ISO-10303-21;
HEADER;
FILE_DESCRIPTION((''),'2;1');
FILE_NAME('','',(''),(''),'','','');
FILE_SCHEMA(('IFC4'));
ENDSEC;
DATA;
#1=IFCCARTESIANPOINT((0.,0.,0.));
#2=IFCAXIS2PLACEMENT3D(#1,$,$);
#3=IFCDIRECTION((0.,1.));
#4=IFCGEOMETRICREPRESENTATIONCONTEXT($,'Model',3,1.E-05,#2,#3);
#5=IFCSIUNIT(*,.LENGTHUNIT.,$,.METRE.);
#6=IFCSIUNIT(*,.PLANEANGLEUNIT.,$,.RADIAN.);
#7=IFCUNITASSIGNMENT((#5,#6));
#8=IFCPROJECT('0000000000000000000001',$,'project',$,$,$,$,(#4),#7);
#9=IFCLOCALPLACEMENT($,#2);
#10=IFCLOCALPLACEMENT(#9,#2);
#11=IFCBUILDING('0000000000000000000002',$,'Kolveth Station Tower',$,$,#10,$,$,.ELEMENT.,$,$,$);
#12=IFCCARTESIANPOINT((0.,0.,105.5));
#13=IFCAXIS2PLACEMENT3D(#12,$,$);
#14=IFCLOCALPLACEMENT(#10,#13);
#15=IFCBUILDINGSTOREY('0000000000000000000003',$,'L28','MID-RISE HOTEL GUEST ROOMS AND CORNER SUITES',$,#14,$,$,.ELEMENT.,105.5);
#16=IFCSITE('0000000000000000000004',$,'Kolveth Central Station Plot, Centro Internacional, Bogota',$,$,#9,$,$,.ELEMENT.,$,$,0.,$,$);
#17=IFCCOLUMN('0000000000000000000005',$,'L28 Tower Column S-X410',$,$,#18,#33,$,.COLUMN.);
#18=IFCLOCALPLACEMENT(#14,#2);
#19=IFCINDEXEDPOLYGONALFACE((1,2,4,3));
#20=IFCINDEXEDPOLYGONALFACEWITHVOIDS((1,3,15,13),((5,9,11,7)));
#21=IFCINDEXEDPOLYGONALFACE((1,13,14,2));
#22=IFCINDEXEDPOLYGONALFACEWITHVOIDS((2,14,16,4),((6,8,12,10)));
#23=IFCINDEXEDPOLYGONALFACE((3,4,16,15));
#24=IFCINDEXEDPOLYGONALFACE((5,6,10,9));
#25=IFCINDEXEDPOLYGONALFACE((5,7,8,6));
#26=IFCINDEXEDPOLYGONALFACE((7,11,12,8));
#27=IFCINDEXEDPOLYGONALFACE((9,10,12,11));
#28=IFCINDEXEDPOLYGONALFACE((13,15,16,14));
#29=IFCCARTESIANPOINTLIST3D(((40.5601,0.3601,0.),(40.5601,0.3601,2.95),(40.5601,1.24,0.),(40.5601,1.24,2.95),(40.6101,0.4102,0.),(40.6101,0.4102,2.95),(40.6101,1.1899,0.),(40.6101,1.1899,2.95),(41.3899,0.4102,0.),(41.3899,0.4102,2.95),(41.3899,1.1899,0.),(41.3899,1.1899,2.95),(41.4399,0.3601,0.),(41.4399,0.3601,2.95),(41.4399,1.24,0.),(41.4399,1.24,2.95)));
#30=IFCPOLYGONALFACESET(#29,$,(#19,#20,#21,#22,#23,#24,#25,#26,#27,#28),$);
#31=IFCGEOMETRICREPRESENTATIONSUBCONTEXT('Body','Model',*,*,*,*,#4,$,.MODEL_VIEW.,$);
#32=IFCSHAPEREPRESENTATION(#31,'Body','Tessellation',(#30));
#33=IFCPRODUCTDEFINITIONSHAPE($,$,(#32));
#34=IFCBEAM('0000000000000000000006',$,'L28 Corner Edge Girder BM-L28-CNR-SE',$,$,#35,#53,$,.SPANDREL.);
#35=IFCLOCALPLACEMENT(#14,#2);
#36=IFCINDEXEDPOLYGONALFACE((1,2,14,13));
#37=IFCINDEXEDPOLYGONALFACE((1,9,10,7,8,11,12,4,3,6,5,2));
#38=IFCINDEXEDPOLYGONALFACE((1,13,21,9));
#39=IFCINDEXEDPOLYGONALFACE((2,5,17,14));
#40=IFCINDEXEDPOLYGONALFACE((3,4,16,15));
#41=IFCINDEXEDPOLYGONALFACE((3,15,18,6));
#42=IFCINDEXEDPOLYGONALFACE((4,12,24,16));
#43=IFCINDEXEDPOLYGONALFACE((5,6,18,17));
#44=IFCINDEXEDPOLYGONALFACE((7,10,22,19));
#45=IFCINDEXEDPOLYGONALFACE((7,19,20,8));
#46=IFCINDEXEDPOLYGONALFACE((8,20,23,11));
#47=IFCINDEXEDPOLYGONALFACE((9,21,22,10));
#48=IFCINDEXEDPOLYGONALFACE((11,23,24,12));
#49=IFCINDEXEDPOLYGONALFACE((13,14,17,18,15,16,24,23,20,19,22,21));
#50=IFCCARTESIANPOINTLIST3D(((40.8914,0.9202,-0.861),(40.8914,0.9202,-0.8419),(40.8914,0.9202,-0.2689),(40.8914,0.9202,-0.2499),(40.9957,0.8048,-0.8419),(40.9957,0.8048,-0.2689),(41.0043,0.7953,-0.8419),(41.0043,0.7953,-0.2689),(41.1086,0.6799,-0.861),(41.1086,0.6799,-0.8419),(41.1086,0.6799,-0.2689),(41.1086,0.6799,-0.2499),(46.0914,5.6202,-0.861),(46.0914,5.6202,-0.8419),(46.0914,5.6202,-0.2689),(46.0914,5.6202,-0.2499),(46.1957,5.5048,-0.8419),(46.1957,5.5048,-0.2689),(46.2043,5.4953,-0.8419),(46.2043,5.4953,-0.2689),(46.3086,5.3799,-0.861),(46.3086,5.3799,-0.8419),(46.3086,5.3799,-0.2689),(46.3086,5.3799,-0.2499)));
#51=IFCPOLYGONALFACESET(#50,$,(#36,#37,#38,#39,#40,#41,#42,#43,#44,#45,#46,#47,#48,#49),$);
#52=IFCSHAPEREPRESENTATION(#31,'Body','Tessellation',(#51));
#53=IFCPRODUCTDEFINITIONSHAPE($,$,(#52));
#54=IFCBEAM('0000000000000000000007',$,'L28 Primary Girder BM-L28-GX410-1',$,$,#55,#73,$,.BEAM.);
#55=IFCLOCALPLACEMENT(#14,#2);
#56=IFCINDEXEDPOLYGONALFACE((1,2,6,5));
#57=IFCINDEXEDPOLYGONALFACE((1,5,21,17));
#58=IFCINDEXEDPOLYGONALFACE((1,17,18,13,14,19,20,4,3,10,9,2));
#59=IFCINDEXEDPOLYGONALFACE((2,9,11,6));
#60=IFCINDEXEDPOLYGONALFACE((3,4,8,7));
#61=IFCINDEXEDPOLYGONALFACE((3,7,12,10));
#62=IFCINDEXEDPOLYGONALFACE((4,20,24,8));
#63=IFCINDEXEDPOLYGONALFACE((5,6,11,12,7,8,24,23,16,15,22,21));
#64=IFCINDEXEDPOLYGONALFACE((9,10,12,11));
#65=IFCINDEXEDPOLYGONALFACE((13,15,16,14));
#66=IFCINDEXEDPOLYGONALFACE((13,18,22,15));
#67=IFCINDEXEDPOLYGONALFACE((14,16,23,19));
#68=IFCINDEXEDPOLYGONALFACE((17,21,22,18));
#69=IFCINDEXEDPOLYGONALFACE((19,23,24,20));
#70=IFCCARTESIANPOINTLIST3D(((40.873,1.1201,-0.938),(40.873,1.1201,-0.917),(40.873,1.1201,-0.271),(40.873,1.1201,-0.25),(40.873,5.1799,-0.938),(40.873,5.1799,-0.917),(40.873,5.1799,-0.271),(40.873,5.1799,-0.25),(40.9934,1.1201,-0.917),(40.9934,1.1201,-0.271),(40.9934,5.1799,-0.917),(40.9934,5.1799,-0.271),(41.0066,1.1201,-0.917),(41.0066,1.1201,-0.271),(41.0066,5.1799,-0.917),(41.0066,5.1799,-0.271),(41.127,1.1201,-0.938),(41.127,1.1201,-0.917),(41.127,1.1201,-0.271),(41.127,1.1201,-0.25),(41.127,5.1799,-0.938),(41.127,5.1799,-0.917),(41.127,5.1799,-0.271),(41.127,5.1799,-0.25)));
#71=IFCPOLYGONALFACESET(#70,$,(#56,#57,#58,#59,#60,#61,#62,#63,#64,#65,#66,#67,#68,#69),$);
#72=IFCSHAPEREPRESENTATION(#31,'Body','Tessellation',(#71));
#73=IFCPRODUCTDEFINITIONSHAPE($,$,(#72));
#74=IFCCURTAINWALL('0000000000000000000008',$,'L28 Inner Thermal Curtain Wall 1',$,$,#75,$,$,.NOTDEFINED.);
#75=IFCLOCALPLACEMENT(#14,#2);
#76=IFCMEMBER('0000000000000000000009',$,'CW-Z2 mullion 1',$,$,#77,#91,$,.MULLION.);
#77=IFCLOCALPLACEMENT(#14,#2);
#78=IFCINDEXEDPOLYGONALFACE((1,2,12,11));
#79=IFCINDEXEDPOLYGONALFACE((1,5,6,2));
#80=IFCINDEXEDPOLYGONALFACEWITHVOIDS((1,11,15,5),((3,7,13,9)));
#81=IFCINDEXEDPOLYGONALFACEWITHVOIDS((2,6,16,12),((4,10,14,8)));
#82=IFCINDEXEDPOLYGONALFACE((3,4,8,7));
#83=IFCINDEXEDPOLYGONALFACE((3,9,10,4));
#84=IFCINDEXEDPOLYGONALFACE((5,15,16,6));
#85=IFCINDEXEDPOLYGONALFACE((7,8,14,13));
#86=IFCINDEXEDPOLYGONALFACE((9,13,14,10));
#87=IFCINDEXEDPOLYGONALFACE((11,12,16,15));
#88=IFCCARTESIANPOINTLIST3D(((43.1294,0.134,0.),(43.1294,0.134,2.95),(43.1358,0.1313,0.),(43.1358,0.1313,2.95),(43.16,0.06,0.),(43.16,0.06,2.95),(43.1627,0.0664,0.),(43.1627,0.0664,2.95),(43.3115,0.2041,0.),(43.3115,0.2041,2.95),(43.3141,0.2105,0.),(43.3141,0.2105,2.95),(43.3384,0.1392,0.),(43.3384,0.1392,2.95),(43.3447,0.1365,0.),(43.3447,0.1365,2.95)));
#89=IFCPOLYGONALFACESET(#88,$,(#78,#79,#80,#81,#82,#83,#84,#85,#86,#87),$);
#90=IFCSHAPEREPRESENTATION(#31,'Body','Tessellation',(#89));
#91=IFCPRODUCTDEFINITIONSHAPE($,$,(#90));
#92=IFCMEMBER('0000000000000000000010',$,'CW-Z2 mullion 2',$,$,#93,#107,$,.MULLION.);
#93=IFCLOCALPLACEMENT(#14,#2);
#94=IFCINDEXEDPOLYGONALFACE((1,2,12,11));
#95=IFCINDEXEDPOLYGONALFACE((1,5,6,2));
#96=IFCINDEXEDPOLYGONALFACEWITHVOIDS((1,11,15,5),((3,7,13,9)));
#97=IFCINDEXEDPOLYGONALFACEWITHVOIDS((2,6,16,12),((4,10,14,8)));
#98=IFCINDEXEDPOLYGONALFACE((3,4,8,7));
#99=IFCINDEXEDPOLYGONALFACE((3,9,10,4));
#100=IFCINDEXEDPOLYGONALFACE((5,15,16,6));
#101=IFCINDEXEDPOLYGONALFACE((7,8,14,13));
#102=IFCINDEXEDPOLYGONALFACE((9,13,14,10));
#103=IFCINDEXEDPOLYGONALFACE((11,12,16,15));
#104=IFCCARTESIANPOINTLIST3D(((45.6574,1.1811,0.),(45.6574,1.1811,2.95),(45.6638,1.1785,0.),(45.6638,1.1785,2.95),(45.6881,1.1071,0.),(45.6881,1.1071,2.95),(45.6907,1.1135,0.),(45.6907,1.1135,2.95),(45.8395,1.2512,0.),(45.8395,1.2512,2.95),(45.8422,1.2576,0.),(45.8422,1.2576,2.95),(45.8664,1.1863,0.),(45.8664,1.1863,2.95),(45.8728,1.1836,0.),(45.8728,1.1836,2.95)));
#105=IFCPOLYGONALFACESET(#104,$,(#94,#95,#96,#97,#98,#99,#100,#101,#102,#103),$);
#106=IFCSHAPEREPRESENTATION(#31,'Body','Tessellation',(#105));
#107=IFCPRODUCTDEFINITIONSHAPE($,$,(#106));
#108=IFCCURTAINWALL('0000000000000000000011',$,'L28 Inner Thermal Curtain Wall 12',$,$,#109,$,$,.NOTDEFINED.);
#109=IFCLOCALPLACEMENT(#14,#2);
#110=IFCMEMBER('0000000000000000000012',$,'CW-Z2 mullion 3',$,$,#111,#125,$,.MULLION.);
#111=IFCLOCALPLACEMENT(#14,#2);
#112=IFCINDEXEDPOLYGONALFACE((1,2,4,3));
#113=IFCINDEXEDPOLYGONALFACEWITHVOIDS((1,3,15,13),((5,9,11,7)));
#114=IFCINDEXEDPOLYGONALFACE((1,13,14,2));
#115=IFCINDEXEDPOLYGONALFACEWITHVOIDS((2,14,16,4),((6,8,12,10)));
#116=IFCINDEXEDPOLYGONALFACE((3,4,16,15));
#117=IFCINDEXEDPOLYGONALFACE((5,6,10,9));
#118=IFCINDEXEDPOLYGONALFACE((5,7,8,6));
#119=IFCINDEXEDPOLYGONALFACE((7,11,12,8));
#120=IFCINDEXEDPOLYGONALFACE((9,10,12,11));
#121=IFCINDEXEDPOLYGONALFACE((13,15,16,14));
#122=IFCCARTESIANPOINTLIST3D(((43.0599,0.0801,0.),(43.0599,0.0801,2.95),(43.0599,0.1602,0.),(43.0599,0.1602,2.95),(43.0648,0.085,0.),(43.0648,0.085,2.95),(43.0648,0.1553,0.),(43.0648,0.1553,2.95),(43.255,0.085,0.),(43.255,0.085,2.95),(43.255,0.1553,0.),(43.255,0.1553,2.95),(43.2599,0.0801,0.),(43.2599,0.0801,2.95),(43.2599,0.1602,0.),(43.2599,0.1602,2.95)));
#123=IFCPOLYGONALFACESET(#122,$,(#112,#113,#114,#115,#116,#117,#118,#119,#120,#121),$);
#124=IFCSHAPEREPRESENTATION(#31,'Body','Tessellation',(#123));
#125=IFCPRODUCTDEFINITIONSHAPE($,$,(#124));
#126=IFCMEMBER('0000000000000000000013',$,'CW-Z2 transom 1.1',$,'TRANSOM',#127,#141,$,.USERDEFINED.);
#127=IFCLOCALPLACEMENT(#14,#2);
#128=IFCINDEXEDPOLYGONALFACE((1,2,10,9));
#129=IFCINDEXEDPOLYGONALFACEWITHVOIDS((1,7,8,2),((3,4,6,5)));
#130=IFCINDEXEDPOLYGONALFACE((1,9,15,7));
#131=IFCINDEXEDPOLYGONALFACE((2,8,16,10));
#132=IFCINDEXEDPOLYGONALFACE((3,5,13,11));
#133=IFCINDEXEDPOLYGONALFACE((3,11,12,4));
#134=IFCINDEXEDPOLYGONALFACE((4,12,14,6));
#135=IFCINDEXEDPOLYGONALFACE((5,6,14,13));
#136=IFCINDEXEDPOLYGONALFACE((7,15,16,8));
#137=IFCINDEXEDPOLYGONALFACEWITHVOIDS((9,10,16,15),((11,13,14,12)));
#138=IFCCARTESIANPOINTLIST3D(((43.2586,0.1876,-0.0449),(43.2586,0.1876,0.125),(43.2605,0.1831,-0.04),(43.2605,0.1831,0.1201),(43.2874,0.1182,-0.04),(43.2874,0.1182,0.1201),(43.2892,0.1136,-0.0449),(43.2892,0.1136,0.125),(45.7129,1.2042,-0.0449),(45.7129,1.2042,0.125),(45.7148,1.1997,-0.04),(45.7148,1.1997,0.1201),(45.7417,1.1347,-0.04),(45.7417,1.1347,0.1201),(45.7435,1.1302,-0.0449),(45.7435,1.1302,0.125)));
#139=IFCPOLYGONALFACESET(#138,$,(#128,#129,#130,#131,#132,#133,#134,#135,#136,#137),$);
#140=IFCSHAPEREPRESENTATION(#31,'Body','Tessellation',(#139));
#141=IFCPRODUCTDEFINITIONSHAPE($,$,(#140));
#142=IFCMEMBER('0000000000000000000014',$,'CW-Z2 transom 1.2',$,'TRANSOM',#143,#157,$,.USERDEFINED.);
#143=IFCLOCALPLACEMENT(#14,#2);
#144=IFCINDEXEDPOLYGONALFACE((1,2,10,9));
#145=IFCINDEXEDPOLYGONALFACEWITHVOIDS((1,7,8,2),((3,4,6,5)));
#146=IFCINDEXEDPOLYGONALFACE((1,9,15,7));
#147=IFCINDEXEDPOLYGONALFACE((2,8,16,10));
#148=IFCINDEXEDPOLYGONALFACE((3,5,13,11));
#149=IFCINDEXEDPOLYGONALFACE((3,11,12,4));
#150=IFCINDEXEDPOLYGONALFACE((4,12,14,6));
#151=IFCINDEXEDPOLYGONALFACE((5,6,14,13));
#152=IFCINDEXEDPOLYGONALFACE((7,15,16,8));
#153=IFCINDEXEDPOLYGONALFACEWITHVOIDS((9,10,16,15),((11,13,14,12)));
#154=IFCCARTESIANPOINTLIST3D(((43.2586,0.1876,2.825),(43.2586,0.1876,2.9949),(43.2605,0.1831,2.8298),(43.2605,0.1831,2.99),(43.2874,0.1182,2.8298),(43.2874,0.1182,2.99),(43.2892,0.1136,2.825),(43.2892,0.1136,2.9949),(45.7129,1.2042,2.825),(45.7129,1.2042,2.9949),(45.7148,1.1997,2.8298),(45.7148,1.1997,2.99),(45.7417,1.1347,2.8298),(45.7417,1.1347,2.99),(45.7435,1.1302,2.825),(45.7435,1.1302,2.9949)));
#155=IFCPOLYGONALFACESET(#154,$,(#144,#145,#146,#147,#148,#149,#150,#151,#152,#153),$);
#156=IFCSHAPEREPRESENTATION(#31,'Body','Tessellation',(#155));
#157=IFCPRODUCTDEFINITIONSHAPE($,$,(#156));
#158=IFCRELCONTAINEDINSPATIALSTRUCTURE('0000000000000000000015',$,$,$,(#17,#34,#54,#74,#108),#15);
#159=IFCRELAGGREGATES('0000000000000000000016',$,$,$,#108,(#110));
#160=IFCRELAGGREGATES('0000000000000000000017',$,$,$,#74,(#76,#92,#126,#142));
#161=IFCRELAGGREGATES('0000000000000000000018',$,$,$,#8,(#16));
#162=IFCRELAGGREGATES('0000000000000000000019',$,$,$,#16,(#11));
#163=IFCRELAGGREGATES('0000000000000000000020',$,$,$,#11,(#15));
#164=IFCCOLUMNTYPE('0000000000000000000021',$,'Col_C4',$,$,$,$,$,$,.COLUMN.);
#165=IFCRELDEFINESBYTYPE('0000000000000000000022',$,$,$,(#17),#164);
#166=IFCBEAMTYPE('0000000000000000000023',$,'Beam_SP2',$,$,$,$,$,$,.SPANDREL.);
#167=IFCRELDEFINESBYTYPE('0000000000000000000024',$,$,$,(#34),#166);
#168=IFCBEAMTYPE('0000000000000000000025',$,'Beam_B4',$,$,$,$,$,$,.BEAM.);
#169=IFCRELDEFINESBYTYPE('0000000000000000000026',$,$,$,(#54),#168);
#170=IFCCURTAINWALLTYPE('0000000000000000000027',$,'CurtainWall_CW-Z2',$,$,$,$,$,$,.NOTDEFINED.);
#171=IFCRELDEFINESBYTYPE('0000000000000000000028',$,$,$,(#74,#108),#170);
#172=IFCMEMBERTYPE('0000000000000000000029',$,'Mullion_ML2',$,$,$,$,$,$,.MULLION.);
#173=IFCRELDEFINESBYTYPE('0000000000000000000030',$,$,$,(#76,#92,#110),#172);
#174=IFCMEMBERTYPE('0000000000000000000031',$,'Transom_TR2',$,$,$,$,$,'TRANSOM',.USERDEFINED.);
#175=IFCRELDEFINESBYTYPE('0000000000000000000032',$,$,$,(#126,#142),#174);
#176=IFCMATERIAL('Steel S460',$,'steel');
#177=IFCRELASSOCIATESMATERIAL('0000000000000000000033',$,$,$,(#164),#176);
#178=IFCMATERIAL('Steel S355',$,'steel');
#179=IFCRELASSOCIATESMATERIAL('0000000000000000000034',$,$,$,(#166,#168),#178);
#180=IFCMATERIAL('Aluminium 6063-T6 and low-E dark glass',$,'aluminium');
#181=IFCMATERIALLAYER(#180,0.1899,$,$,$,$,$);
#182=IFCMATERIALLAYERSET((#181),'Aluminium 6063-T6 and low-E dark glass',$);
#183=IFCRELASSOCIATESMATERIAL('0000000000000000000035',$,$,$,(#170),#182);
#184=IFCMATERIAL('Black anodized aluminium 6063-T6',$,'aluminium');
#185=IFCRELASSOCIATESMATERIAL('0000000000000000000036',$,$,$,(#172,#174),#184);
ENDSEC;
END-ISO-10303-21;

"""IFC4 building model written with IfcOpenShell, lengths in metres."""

from ifc_helpers import new_model, si_unit, direction, frame, origin, origin_2d, place, context, subcontext, project, spatial, hollow_rectangle, i_section, extrude, source, transform, mapped, material, layer, layer_set, material_profile, profile_set, type_object, element, aggregate, save


model = new_model("IFC4")

# Units and contexts
model_context = context("Model", 3, precision=1e-05, world=origin(), true_north=direction((0.0, 1.0)))
body_context = subcontext(model_context, "Body", "Model", "MODEL_VIEW")
ifc_project = project(units=[si_unit("LENGTHUNIT", "METRE"), si_unit("PLANEANGLEUNIT", "RADIAN")], contexts=[model_context])

# Site, building, storey
site_placement = place(None, origin())
site = spatial("IfcSite", under=ifc_project, at=site_placement, Name="Kolveth Central Station Plot, Centro Internacional, Bogota", CompositionType="ELEMENT", RefElevation=0.0)
building_placement = place(site_placement, origin())
building = spatial("IfcBuilding", under=site, at=building_placement, Name="Kolveth Station Tower", CompositionType="ELEMENT")
storey_placement = place(building_placement, frame((0.0, 0.0, 105.5)))
storey = spatial("IfcBuildingStorey", under=building, at=storey_placement, Name="L28", Description="MID-RISE HOTEL GUEST ROOMS AND CORNER SUITES", CompositionType="ELEMENT", Elevation=105.5)

# Column
ifc_material_1 = material(Name="Steel S460", Category="steel")
ifc_material_profile_1 = material_profile(ifc_material_1, hollow_rectangle(XDim=0.8799, YDim=0.8799, WallThickness=0.05, at=origin_2d()), Name="BOX880x880x50")
ifc_profile_set_1 = profile_set([ifc_material_profile_1], Name="Steel S460")
column_type = type_object("IfcColumnType", Name="Col_C4", PredefinedType="COLUMN", material=ifc_profile_set_1)
shared_shape_1 = source(origin(), body_context, "Body", "SweptSolid", [
    extrude(hollow_rectangle(XDim=0.8799, YDim=0.8799, WallThickness=0.05, at=origin_2d()), origin(), (0.0, 0.0, 1.0), 2.95),
])
column_placement = place(storey_placement, frame((41.0, 0.8, 0.0), z_axis=(0.0, 0.0, 1.0), x_axis=(1.0, 0.0, 0.0)))
element("IfcColumn", 1, at=column_placement, inside=storey, type_object=column_type, Name="L28 Tower Column S-X410", PredefinedType="COLUMN", context=body_context, shape_type="MappedRepresentation", body=[
    mapped(shared_shape_1, transform((0.0, 0.0, 0.0), x_axis=(1.0, 0.0, 0.0), y_axis=(0.0, 1.0, 0.0), z_axis=(0.0, 0.0, 1.0), scale=1.0)),
])

# Beams
ifc_material_2 = material(Name="Steel S355", Category="steel")
ifc_material_profile_2 = material_profile(ifc_material_2, i_section(OverallWidth=0.324, OverallDepth=0.6111, WebThickness=0.0127, FlangeThickness=0.019, at=origin_2d()), Name="W610x155")
ifc_profile_set_2 = profile_set([ifc_material_profile_2], Name="Steel S355")
beam_type_1 = type_object("IfcBeamType", Name="Beam_SP2", PredefinedType="SPANDREL", material=ifc_profile_set_2)
shared_shape_2 = source(origin(), body_context, "Body", "SweptSolid", [
    extrude(i_section(OverallWidth=0.324, OverallDepth=0.6111, WebThickness=0.0127, FlangeThickness=0.019, at=origin_2d()), origin(), (0.0, 0.0, 1.0), 7.0093),
])
beam_1_placement = place(storey_placement, frame((41.0, 0.8, -0.5554), z_axis=(0.741874, 0.670539, 0.0), x_axis=(-0.670539, 0.741874, 0.0)))
element("IfcBeam", 2, at=beam_1_placement, inside=storey, type_object=beam_type_1, Name="L28 Corner Edge Girder BM-L28-CNR-SE", PredefinedType="SPANDREL", context=body_context, shape_type="MappedRepresentation", body=[
    mapped(shared_shape_2, transform((0.0, 0.0, 0.0), x_axis=(1.0, 0.0, 0.0), y_axis=(0.0, 1.0, 0.0), z_axis=(0.0, 0.0, 1.0), scale=1.0)),
])
ifc_material_profile_3 = material_profile(ifc_material_2, i_section(OverallWidth=0.2539, OverallDepth=0.688, WebThickness=0.0132, FlangeThickness=0.021, at=origin_2d()), Name="W690x152")
ifc_profile_set_3 = profile_set([ifc_material_profile_3], Name="Steel S355")
beam_type_2 = type_object("IfcBeamType", Name="Beam_B4", PredefinedType="BEAM", material=ifc_profile_set_3)
shared_shape_3 = source(origin(), body_context, "Body", "SweptSolid", [
    extrude(i_section(OverallWidth=0.2539, OverallDepth=0.688, WebThickness=0.0132, FlangeThickness=0.021, at=origin_2d()), origin(), (0.0, 0.0, 1.0), 4.0598),
])
beam_2_placement = place(storey_placement, frame((41.0, 1.1201, -0.594), z_axis=(0.0, 1.0, 0.0), x_axis=(-1.0, 0.0, 0.0)))
element("IfcBeam", 3, at=beam_2_placement, inside=storey, type_object=beam_type_2, Name="L28 Primary Girder BM-L28-GX410-1", PredefinedType="BEAM", context=body_context, shape_type="MappedRepresentation", body=[
    mapped(shared_shape_3, transform((0.0, 0.0, 0.0), x_axis=(1.0, 0.0, 0.0), y_axis=(0.0, 1.0, 0.0), z_axis=(0.0, 0.0, 1.0), scale=1.0)),
])

# Curtain wall, members
ifc_material_3 = material(Name="Aluminium 6063-T6 and low-E dark glass", Category="aluminium")
ifc_layer_1 = layer(ifc_material_3, 0.1899)
ifc_layer_set_1 = layer_set([ifc_layer_1], Name="Aluminium 6063-T6 and low-E dark glass")
curtain_wall_type_1 = type_object("IfcCurtainWallType", Name="CurtainWall_CW-Z2", PredefinedType="NOTDEFINED", material=ifc_layer_set_1)
curtain_wall_1_placement = place(storey_placement, origin())
curtain_wall_1 = element("IfcCurtainWall", 4, at=curtain_wall_1_placement, inside=storey, type_object=curtain_wall_type_1, Name="L28 Inner Thermal Curtain Wall 1", PredefinedType="NOTDEFINED")
ifc_material_4 = material(Name="Black anodized aluminium 6063-T6", Category="aluminium")
ifc_material_profile_4 = material_profile(ifc_material_4, hollow_rectangle(XDim=0.0801, YDim=0.2, WallThickness=0.0049, at=origin_2d()), Name="ALU-80x200x5")
ifc_profile_set_4 = profile_set([ifc_material_profile_4], Name="Black anodized aluminium 6063-T6")
member_type_1 = type_object("IfcMemberType", Name="Mullion_ML2", PredefinedType="MULLION", material=ifc_profile_set_4)
shared_shape_4 = source(origin(), body_context, "Body", "SweptSolid", [
    extrude(hollow_rectangle(XDim=0.0801, YDim=0.2, WallThickness=0.0049, at=origin_2d()), origin(), (0.0, 0.0, 1.0), 2.95),
])
member_1_placement = place(storey_placement, frame((43.2371, 0.1353, 0.0), z_axis=(0.0, 0.0, 1.0), x_axis=(-0.382663, 0.923888, 0.0)))
member_1 = element("IfcMember", 5, at=member_1_placement, type_object=member_type_1, Name="CW-Z2 mullion 1", PredefinedType="MULLION", context=body_context, shape_type="MappedRepresentation", body=[
    mapped(shared_shape_4, transform((0.0, 0.0, 0.0), x_axis=(1.0, 0.0, 0.0), y_axis=(0.0, 1.0, 0.0), z_axis=(0.0, 0.0, 1.0), scale=1.0)),
])
member_2_placement = place(storey_placement, frame((45.7651, 1.1824, 0.0), z_axis=(0.0, 0.0, 1.0), x_axis=(-0.382663, 0.923888, 0.0)))
member_2 = element("IfcMember", 6, at=member_2_placement, type_object=member_type_1, Name="CW-Z2 mullion 2", PredefinedType="MULLION", context=body_context, shape_type="MappedRepresentation", body=[
    mapped(shared_shape_4, transform((0.0, 0.0, 0.0), x_axis=(1.0, 0.0, 0.0), y_axis=(0.0, 1.0, 0.0), z_axis=(0.0, 0.0, 1.0), scale=1.0)),
])

# Curtain wall, member
curtain_wall_2_placement = place(storey_placement, origin())
curtain_wall_2 = element("IfcCurtainWall", 7, at=curtain_wall_2_placement, inside=storey, type_object=curtain_wall_type_1, Name="L28 Inner Thermal Curtain Wall 12", PredefinedType="NOTDEFINED")
member_3_placement = place(storey_placement, frame((43.1599, 0.1201, 0.0), z_axis=(0.0, 0.0, 1.0), x_axis=(0.0, 1.0, 0.0)))
member_3 = element("IfcMember", 8, at=member_3_placement, type_object=member_type_1, Name="CW-Z2 mullion 3", PredefinedType="MULLION", context=body_context, shape_type="MappedRepresentation", body=[
    mapped(shared_shape_4, transform((0.0, 0.0, 0.0), x_axis=(1.0, 0.0, 0.0), y_axis=(0.0, 1.0, 0.0), z_axis=(0.0, 0.0, 1.0), scale=1.0)),
])
aggregate(curtain_wall_2, [member_3])

# Members
ifc_material_profile_5 = material_profile(ifc_material_4, hollow_rectangle(XDim=0.0801, YDim=0.1699, WallThickness=0.0049, at=origin_2d()), Name="ALU-80x170x5")
ifc_profile_set_5 = profile_set([ifc_material_profile_5], Name="Black anodized aluminium 6063-T6")
member_type_2 = type_object("IfcMemberType", Name="Transom_TR2", ElementType="TRANSOM", PredefinedType="USERDEFINED", material=ifc_profile_set_5)
shared_shape_5 = source(origin(), body_context, "Body", "SweptSolid", [
    extrude(hollow_rectangle(XDim=0.0801, YDim=0.1699, WallThickness=0.0049, at=origin_2d()), origin(), (0.0, 0.0, 1.0), 2.6565),
])
member_4_placement = place(storey_placement, frame((43.2739, 0.1506, 0.04), z_axis=(0.923882, 0.382676, 0.0), x_axis=(-0.382676, 0.923882, 0.0)))
member_4 = element("IfcMember", 9, at=member_4_placement, type_object=member_type_2, Name="CW-Z2 transom 1.1", ObjectType="TRANSOM", PredefinedType="USERDEFINED", context=body_context, shape_type="MappedRepresentation", body=[
    mapped(shared_shape_5, transform((0.0, 0.0, 0.0), x_axis=(1.0, 0.0, 0.0), y_axis=(0.0, 1.0, 0.0), z_axis=(0.0, 0.0, 1.0), scale=1.0)),
])
member_5_placement = place(storey_placement, frame((43.2739, 0.1506, 2.9099), z_axis=(0.923882, 0.382676, 0.0), x_axis=(-0.382676, 0.923882, 0.0)))
member_5 = element("IfcMember", 10, at=member_5_placement, type_object=member_type_2, Name="CW-Z2 transom 1.2", ObjectType="TRANSOM", PredefinedType="USERDEFINED", context=body_context, shape_type="MappedRepresentation", body=[
    mapped(shared_shape_5, transform((0.0, 0.0, 0.0), x_axis=(1.0, 0.0, 0.0), y_axis=(0.0, 1.0, 0.0), z_axis=(0.0, 0.0, 1.0), scale=1.0)),
])

aggregate(curtain_wall_1, [member_1, member_2, member_4, member_5])

save(model, "model.ifc")
